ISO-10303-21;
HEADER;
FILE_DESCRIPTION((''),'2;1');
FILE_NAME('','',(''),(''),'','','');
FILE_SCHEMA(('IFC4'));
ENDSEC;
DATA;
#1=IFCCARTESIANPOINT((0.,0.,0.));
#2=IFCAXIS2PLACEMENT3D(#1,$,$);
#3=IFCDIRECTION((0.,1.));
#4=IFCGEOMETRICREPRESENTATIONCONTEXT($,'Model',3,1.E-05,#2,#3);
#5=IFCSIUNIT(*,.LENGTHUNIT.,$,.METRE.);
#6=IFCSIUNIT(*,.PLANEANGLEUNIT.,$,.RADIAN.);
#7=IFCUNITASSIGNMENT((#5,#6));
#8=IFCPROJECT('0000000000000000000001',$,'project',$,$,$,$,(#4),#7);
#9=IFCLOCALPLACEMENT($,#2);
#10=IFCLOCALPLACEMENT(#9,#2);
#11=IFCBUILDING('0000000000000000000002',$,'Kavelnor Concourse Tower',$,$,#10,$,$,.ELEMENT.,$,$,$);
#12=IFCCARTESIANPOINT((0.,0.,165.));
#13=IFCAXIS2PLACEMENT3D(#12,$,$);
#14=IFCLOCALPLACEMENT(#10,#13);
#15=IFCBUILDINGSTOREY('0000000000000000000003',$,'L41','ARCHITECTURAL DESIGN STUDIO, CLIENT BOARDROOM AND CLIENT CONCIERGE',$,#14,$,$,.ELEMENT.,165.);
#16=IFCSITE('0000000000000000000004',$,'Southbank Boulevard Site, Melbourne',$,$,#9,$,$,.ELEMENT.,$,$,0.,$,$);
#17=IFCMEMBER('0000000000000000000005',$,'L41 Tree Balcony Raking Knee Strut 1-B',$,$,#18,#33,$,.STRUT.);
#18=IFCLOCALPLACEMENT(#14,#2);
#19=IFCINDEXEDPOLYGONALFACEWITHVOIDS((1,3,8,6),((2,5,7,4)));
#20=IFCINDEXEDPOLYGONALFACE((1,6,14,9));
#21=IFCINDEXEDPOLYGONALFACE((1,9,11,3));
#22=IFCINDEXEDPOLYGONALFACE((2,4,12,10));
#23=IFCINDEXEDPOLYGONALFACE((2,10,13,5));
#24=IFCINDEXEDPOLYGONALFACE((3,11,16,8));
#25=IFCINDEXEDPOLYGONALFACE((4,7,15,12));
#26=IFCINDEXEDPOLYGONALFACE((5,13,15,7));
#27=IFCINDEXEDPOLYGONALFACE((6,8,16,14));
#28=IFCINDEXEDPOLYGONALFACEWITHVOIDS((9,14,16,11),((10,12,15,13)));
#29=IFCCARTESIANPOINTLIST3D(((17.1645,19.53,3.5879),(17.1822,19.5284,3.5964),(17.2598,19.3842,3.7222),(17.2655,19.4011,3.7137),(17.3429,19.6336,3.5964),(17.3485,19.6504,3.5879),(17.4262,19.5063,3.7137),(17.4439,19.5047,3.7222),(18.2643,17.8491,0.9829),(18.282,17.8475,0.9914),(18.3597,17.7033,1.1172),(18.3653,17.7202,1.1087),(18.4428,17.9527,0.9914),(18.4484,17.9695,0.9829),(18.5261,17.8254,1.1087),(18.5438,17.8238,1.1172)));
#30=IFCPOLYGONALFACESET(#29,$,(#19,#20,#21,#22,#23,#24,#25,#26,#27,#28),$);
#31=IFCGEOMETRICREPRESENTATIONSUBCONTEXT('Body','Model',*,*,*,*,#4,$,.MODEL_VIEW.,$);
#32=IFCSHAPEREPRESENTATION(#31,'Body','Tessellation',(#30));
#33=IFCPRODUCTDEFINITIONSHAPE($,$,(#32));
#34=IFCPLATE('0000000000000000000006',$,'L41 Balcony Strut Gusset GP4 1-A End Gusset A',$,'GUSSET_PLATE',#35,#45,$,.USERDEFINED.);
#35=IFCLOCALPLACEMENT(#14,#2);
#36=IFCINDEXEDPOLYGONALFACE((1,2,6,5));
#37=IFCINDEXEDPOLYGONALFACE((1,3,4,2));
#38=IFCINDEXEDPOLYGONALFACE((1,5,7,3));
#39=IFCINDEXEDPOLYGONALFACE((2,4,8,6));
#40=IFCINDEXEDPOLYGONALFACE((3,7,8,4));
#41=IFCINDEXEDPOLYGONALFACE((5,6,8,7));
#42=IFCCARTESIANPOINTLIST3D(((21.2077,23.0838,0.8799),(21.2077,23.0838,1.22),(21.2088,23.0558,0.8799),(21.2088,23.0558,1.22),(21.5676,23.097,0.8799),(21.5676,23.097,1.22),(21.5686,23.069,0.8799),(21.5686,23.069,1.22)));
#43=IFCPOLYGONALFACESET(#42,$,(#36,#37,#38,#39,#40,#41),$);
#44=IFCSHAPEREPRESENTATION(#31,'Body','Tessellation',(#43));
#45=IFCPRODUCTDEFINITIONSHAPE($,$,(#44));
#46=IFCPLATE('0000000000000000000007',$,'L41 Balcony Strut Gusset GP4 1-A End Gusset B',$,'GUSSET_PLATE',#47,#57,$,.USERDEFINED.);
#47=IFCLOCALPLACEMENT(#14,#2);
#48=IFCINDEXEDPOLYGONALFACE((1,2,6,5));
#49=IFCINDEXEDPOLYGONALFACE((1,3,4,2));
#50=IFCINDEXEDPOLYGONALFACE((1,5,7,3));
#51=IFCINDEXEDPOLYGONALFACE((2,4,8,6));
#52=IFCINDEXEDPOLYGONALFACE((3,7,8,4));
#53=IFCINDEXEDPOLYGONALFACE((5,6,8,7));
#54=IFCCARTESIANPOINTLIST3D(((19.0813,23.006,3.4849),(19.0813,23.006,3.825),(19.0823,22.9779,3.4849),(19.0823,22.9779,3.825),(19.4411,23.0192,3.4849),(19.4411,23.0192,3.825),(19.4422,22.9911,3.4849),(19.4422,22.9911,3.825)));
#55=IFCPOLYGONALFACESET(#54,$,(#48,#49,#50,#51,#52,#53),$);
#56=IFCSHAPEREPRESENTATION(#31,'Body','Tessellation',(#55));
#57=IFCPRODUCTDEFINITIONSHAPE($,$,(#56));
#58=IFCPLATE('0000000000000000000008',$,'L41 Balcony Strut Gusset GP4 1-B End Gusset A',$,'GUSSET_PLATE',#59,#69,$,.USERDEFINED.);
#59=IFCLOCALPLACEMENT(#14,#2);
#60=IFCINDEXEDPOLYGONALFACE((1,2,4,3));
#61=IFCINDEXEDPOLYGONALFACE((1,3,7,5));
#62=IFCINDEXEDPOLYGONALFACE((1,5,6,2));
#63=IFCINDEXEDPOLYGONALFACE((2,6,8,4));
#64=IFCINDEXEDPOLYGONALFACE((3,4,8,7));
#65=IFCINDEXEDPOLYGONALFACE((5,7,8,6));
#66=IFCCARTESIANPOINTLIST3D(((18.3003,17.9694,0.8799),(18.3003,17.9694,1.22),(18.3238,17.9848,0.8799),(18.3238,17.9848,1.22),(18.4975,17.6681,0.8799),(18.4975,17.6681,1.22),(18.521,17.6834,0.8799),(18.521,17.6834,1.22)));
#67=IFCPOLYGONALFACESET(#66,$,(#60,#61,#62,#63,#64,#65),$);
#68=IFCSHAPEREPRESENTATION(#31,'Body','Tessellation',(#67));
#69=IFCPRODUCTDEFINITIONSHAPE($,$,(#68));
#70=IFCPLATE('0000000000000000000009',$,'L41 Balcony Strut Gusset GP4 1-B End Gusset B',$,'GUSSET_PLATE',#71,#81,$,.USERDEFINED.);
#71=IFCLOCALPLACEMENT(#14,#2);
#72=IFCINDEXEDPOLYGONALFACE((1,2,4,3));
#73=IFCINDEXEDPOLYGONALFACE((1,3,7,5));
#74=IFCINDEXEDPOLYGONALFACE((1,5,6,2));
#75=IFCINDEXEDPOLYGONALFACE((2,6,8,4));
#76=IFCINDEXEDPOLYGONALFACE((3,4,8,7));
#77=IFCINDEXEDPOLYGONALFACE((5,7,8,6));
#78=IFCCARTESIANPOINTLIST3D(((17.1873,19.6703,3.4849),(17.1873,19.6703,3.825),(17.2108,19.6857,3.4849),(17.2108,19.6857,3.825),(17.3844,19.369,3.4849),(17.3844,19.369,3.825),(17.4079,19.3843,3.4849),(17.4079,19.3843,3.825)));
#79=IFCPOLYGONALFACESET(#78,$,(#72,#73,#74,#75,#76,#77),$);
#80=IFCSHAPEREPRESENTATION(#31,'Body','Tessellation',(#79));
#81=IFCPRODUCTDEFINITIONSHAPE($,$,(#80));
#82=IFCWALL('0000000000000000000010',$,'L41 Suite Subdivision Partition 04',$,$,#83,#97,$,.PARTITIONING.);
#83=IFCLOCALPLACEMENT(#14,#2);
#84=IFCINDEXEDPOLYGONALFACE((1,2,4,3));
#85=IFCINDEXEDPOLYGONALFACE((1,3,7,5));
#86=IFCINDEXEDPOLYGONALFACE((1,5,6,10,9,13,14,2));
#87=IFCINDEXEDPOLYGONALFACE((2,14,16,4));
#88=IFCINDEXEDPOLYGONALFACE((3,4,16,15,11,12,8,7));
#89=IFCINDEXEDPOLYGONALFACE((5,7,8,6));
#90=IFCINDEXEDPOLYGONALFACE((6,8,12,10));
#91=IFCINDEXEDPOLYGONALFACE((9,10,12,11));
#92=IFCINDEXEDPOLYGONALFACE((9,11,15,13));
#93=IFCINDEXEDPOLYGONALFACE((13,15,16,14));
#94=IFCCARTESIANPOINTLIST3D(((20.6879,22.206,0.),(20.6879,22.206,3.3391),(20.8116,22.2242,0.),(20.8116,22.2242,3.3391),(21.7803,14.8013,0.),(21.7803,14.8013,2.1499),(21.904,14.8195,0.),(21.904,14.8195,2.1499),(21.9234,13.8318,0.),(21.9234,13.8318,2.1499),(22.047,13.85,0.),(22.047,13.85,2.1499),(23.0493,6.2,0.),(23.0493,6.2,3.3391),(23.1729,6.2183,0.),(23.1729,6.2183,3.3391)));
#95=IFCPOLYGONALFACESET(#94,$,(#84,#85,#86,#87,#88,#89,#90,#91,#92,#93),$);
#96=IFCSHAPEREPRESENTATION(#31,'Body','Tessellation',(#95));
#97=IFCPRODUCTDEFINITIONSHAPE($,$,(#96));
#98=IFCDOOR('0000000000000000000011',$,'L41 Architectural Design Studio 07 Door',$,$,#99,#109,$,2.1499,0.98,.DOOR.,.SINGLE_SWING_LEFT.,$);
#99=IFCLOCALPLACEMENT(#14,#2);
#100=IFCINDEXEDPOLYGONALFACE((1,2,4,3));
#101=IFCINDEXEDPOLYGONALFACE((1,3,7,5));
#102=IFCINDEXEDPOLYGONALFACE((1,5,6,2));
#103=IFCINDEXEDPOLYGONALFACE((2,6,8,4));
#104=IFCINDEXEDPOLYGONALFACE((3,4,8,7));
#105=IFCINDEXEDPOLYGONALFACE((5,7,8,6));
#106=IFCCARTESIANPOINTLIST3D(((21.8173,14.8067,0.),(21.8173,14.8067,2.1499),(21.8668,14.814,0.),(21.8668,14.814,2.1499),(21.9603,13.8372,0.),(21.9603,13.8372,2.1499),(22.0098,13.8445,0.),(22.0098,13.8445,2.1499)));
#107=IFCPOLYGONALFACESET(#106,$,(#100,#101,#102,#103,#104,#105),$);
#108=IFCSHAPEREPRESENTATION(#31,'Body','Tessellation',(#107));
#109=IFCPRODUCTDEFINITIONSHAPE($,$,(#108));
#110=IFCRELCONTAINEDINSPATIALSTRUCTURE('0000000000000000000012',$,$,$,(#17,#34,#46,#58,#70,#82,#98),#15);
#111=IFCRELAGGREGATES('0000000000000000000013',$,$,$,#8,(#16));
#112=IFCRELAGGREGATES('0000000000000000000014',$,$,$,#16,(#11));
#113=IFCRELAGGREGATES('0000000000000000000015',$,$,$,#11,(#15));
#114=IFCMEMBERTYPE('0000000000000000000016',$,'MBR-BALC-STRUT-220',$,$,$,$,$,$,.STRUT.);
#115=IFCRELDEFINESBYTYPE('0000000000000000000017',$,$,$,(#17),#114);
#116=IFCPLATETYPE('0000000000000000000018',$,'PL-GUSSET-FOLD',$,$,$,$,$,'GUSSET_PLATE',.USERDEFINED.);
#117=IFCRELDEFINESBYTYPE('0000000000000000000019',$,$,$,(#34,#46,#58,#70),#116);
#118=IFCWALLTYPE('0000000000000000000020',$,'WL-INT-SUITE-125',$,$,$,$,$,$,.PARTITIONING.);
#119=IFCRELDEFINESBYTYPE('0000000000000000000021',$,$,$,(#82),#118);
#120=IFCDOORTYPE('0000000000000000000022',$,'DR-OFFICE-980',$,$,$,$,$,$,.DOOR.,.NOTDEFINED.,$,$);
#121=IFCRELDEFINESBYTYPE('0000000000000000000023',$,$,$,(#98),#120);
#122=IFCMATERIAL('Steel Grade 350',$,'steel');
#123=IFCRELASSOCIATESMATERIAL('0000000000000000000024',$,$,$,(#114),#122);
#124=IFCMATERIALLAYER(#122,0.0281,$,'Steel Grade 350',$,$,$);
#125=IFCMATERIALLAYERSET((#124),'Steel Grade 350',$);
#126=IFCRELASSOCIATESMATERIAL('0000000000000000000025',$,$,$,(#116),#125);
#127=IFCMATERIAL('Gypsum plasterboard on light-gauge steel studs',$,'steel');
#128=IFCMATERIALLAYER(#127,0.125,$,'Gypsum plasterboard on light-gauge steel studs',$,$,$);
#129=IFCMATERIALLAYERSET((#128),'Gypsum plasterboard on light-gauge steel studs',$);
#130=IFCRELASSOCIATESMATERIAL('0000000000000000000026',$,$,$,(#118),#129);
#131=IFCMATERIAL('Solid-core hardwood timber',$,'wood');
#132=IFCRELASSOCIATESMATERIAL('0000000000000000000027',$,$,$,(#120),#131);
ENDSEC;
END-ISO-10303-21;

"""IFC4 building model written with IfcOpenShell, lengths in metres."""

from ifc_helpers import new_model, si_unit, direction, frame, frame_2d, origin, origin_2d, place, context, subcontext, project, spatial, rectangle, hollow_rectangle, extrude, material, layer, layer_set, material_profile, profile_set, type_object, element, fill, save


model = new_model("IFC4")

# Units and contexts
model_context = context("Model", 3, precision=1e-05, world=origin(), true_north=direction((0.0, 1.0)))
body_context = subcontext(model_context, "Body", "Model", "MODEL_VIEW")
ifc_project = project(units=[si_unit("LENGTHUNIT", "METRE"), si_unit("PLANEANGLEUNIT", "RADIAN")], contexts=[model_context])

# Site, building, storey
site_placement = place(None, origin())
site = spatial("IfcSite", under=ifc_project, at=site_placement, Name="Southbank Boulevard Site, Melbourne", CompositionType="ELEMENT", RefElevation=0.0)
building_placement = place(site_placement, origin())
building = spatial("IfcBuilding", under=site, at=building_placement, Name="Kavelnor Concourse Tower", CompositionType="ELEMENT")
storey_placement = place(building_placement, frame((0.0, 0.0, 165.0)))
storey = spatial("IfcBuildingStorey", under=building, at=storey_placement, Name="L41", Description="ARCHITECTURAL DESIGN STUDIO, CLIENT BOARDROOM AND CLIENT CONCIERGE", CompositionType="ELEMENT", Elevation=165.0)

# Shared definitions
ifc_material_1 = material(Name="Steel Grade 350", Category="steel")

# Member
ifc_material_profile_1 = material_profile(ifc_material_1, hollow_rectangle(XDim=0.22, YDim=0.22, WallThickness=0.0139, at=origin_2d()), Name="SHS 220x220x14")
ifc_profile_set_1 = profile_set([ifc_material_profile_1], Name="Steel Grade 350")
member_type = type_object("IfcMemberType", Name="MBR-BALC-STRUT-220", PredefinedType="STRUT", material=ifc_profile_set_1)
member_1_placement = place(storey_placement, frame((18.4041, 17.8364, 1.05), z_axis=(-0.334349, 0.510986, 0.791899), x_axis=(-0.836788, -0.547528, 0.0)))
element("IfcMember", 1, at=member_1_placement, inside=storey, type_object=member_type, Name="L41 Tree Balcony Raking Knee Strut 1-B", PredefinedType="STRUT", context=body_context, shape_type="SweptSolid", body=[
    extrude(hollow_rectangle(XDim=0.22, YDim=0.22, WallThickness=0.0139, at=origin_2d()), origin(), (0.0, 0.0, 1.0), 3.2896),
])

# Plates
ifc_layer_1 = layer(ifc_material_1, 0.0281, Name="Steel Grade 350")
ifc_layer_set_1 = layer_set([ifc_layer_1], Name="Steel Grade 350")
plate_type = type_object("IfcPlateType", Name="PL-GUSSET-FOLD", ElementType="GUSSET_PLATE", PredefinedType="USERDEFINED", material=ifc_layer_set_1)
for number, where, z_axis, x_axis, name in (
    (2, (21.3882, 23.0764, 0.8799), (0.0, 0.0, 1.0), (-0.999328, -0.036644, 0.0), "L41 Balcony Strut Gusset GP4 1-A End Gusset A"),
    (3, (19.2617, 22.9985, 3.4849), (0.0, 0.0, 1.0), (-0.999328, -0.036644, 0.0), "L41 Balcony Strut Gusset GP4 1-A End Gusset B"),
    (4, (18.4106, 17.8264, 0.8799), (0.0, 0.0, 1.0), (-0.547417, 0.83686, 0.0), "L41 Balcony Strut Gusset GP4 1-B End Gusset A"),
    (5, (17.2976, 19.5273, 3.4849), (0.0, 0.0, 1.0), (-0.547417, 0.83686, 0.0), "L41 Balcony Strut Gusset GP4 1-B End Gusset B"),
):
    element("IfcPlate", number, at=place(storey_placement, frame(where, z_axis=z_axis, x_axis=x_axis)), inside=storey, type_object=plate_type, Name=name, ObjectType="GUSSET_PLATE", PredefinedType="USERDEFINED", context=body_context, shape_type="SweptSolid", body=[
        extrude(rectangle(XDim=0.3601, YDim=0.0281, at=origin_2d()), origin(), (0.0, 0.0, 1.0), 0.3401),
    ])

# Wall, opening, door
ifc_material_2 = material(Name="Gypsum plasterboard on light-gauge steel studs", Category="steel")
ifc_layer_2 = layer(ifc_material_2, 0.125, Name="Gypsum plasterboard on light-gauge steel studs")
ifc_layer_set_2 = layer_set([ifc_layer_2], Name="Gypsum plasterboard on light-gauge steel studs")
wall_type = type_object("IfcWallType", Name="WL-INT-SUITE-125", PredefinedType="PARTITIONING", material=ifc_layer_set_2)
wall_placement = place(storey_placement, frame((20.7498, 22.2151, 0.0), z_axis=(0.0, 0.0, 1.0), x_axis=(0.145949, -0.989292, 0.0)))
wall = element("IfcWall", 6, at=wall_placement, inside=storey, type_object=wall_type, Name="L41 Suite Subdivision Partition 04", PredefinedType="PARTITIONING", context=body_context, shape_type="SweptSolid", body=[
    extrude(rectangle(XDim=16.1792, YDim=0.125, at=frame_2d((8.0896, 0.0))), origin(), (0.0, 0.0, 1.0), 3.3391),
])
opening_placement = place(wall_placement, frame((7.4849, 0.0, 0.0)))
opening = element("IfcOpeningElement", 7, at=opening_placement, cuts=wall, PredefinedType="OPENING", context=body_context, shape_type="SweptSolid", body=[
    extrude(rectangle(XDim=0.98, YDim=2.1499, at=frame_2d((0.49, 1.075))), frame((0.0, 0.0725, 0.0), z_axis=(0.0, -1.0, 0.0), x_axis=(1.0, 0.0, 0.0)), (0.0, 0.0, 1.0), 0.145),
])
ifc_material_3 = material(Name="Solid-core hardwood timber", Category="wood")
door_type = type_object("IfcDoorType", Name="DR-OFFICE-980", OperationType="NOTDEFINED", PredefinedType="DOOR", material=ifc_material_3)
door_placement = place(opening_placement, origin())
door = element("IfcDoor", 8, at=door_placement, inside=storey, type_object=door_type, Name="L41 Architectural Design Studio 07 Door", OperationType="SINGLE_SWING_LEFT", OverallHeight=2.1499, OverallWidth=0.98, PredefinedType="DOOR", context=body_context, shape_type="SweptSolid", body=[
    extrude(rectangle(XDim=0.98, YDim=2.1499, at=frame_2d((0.49, 1.075))), frame((0.0, 0.0249, 0.0), z_axis=(0.0, -1.0, 0.0), x_axis=(1.0, 0.0, 0.0)), (0.0, 0.0, 1.0), 0.05),
])
fill(opening, door)

save(model, "model.ifc")
